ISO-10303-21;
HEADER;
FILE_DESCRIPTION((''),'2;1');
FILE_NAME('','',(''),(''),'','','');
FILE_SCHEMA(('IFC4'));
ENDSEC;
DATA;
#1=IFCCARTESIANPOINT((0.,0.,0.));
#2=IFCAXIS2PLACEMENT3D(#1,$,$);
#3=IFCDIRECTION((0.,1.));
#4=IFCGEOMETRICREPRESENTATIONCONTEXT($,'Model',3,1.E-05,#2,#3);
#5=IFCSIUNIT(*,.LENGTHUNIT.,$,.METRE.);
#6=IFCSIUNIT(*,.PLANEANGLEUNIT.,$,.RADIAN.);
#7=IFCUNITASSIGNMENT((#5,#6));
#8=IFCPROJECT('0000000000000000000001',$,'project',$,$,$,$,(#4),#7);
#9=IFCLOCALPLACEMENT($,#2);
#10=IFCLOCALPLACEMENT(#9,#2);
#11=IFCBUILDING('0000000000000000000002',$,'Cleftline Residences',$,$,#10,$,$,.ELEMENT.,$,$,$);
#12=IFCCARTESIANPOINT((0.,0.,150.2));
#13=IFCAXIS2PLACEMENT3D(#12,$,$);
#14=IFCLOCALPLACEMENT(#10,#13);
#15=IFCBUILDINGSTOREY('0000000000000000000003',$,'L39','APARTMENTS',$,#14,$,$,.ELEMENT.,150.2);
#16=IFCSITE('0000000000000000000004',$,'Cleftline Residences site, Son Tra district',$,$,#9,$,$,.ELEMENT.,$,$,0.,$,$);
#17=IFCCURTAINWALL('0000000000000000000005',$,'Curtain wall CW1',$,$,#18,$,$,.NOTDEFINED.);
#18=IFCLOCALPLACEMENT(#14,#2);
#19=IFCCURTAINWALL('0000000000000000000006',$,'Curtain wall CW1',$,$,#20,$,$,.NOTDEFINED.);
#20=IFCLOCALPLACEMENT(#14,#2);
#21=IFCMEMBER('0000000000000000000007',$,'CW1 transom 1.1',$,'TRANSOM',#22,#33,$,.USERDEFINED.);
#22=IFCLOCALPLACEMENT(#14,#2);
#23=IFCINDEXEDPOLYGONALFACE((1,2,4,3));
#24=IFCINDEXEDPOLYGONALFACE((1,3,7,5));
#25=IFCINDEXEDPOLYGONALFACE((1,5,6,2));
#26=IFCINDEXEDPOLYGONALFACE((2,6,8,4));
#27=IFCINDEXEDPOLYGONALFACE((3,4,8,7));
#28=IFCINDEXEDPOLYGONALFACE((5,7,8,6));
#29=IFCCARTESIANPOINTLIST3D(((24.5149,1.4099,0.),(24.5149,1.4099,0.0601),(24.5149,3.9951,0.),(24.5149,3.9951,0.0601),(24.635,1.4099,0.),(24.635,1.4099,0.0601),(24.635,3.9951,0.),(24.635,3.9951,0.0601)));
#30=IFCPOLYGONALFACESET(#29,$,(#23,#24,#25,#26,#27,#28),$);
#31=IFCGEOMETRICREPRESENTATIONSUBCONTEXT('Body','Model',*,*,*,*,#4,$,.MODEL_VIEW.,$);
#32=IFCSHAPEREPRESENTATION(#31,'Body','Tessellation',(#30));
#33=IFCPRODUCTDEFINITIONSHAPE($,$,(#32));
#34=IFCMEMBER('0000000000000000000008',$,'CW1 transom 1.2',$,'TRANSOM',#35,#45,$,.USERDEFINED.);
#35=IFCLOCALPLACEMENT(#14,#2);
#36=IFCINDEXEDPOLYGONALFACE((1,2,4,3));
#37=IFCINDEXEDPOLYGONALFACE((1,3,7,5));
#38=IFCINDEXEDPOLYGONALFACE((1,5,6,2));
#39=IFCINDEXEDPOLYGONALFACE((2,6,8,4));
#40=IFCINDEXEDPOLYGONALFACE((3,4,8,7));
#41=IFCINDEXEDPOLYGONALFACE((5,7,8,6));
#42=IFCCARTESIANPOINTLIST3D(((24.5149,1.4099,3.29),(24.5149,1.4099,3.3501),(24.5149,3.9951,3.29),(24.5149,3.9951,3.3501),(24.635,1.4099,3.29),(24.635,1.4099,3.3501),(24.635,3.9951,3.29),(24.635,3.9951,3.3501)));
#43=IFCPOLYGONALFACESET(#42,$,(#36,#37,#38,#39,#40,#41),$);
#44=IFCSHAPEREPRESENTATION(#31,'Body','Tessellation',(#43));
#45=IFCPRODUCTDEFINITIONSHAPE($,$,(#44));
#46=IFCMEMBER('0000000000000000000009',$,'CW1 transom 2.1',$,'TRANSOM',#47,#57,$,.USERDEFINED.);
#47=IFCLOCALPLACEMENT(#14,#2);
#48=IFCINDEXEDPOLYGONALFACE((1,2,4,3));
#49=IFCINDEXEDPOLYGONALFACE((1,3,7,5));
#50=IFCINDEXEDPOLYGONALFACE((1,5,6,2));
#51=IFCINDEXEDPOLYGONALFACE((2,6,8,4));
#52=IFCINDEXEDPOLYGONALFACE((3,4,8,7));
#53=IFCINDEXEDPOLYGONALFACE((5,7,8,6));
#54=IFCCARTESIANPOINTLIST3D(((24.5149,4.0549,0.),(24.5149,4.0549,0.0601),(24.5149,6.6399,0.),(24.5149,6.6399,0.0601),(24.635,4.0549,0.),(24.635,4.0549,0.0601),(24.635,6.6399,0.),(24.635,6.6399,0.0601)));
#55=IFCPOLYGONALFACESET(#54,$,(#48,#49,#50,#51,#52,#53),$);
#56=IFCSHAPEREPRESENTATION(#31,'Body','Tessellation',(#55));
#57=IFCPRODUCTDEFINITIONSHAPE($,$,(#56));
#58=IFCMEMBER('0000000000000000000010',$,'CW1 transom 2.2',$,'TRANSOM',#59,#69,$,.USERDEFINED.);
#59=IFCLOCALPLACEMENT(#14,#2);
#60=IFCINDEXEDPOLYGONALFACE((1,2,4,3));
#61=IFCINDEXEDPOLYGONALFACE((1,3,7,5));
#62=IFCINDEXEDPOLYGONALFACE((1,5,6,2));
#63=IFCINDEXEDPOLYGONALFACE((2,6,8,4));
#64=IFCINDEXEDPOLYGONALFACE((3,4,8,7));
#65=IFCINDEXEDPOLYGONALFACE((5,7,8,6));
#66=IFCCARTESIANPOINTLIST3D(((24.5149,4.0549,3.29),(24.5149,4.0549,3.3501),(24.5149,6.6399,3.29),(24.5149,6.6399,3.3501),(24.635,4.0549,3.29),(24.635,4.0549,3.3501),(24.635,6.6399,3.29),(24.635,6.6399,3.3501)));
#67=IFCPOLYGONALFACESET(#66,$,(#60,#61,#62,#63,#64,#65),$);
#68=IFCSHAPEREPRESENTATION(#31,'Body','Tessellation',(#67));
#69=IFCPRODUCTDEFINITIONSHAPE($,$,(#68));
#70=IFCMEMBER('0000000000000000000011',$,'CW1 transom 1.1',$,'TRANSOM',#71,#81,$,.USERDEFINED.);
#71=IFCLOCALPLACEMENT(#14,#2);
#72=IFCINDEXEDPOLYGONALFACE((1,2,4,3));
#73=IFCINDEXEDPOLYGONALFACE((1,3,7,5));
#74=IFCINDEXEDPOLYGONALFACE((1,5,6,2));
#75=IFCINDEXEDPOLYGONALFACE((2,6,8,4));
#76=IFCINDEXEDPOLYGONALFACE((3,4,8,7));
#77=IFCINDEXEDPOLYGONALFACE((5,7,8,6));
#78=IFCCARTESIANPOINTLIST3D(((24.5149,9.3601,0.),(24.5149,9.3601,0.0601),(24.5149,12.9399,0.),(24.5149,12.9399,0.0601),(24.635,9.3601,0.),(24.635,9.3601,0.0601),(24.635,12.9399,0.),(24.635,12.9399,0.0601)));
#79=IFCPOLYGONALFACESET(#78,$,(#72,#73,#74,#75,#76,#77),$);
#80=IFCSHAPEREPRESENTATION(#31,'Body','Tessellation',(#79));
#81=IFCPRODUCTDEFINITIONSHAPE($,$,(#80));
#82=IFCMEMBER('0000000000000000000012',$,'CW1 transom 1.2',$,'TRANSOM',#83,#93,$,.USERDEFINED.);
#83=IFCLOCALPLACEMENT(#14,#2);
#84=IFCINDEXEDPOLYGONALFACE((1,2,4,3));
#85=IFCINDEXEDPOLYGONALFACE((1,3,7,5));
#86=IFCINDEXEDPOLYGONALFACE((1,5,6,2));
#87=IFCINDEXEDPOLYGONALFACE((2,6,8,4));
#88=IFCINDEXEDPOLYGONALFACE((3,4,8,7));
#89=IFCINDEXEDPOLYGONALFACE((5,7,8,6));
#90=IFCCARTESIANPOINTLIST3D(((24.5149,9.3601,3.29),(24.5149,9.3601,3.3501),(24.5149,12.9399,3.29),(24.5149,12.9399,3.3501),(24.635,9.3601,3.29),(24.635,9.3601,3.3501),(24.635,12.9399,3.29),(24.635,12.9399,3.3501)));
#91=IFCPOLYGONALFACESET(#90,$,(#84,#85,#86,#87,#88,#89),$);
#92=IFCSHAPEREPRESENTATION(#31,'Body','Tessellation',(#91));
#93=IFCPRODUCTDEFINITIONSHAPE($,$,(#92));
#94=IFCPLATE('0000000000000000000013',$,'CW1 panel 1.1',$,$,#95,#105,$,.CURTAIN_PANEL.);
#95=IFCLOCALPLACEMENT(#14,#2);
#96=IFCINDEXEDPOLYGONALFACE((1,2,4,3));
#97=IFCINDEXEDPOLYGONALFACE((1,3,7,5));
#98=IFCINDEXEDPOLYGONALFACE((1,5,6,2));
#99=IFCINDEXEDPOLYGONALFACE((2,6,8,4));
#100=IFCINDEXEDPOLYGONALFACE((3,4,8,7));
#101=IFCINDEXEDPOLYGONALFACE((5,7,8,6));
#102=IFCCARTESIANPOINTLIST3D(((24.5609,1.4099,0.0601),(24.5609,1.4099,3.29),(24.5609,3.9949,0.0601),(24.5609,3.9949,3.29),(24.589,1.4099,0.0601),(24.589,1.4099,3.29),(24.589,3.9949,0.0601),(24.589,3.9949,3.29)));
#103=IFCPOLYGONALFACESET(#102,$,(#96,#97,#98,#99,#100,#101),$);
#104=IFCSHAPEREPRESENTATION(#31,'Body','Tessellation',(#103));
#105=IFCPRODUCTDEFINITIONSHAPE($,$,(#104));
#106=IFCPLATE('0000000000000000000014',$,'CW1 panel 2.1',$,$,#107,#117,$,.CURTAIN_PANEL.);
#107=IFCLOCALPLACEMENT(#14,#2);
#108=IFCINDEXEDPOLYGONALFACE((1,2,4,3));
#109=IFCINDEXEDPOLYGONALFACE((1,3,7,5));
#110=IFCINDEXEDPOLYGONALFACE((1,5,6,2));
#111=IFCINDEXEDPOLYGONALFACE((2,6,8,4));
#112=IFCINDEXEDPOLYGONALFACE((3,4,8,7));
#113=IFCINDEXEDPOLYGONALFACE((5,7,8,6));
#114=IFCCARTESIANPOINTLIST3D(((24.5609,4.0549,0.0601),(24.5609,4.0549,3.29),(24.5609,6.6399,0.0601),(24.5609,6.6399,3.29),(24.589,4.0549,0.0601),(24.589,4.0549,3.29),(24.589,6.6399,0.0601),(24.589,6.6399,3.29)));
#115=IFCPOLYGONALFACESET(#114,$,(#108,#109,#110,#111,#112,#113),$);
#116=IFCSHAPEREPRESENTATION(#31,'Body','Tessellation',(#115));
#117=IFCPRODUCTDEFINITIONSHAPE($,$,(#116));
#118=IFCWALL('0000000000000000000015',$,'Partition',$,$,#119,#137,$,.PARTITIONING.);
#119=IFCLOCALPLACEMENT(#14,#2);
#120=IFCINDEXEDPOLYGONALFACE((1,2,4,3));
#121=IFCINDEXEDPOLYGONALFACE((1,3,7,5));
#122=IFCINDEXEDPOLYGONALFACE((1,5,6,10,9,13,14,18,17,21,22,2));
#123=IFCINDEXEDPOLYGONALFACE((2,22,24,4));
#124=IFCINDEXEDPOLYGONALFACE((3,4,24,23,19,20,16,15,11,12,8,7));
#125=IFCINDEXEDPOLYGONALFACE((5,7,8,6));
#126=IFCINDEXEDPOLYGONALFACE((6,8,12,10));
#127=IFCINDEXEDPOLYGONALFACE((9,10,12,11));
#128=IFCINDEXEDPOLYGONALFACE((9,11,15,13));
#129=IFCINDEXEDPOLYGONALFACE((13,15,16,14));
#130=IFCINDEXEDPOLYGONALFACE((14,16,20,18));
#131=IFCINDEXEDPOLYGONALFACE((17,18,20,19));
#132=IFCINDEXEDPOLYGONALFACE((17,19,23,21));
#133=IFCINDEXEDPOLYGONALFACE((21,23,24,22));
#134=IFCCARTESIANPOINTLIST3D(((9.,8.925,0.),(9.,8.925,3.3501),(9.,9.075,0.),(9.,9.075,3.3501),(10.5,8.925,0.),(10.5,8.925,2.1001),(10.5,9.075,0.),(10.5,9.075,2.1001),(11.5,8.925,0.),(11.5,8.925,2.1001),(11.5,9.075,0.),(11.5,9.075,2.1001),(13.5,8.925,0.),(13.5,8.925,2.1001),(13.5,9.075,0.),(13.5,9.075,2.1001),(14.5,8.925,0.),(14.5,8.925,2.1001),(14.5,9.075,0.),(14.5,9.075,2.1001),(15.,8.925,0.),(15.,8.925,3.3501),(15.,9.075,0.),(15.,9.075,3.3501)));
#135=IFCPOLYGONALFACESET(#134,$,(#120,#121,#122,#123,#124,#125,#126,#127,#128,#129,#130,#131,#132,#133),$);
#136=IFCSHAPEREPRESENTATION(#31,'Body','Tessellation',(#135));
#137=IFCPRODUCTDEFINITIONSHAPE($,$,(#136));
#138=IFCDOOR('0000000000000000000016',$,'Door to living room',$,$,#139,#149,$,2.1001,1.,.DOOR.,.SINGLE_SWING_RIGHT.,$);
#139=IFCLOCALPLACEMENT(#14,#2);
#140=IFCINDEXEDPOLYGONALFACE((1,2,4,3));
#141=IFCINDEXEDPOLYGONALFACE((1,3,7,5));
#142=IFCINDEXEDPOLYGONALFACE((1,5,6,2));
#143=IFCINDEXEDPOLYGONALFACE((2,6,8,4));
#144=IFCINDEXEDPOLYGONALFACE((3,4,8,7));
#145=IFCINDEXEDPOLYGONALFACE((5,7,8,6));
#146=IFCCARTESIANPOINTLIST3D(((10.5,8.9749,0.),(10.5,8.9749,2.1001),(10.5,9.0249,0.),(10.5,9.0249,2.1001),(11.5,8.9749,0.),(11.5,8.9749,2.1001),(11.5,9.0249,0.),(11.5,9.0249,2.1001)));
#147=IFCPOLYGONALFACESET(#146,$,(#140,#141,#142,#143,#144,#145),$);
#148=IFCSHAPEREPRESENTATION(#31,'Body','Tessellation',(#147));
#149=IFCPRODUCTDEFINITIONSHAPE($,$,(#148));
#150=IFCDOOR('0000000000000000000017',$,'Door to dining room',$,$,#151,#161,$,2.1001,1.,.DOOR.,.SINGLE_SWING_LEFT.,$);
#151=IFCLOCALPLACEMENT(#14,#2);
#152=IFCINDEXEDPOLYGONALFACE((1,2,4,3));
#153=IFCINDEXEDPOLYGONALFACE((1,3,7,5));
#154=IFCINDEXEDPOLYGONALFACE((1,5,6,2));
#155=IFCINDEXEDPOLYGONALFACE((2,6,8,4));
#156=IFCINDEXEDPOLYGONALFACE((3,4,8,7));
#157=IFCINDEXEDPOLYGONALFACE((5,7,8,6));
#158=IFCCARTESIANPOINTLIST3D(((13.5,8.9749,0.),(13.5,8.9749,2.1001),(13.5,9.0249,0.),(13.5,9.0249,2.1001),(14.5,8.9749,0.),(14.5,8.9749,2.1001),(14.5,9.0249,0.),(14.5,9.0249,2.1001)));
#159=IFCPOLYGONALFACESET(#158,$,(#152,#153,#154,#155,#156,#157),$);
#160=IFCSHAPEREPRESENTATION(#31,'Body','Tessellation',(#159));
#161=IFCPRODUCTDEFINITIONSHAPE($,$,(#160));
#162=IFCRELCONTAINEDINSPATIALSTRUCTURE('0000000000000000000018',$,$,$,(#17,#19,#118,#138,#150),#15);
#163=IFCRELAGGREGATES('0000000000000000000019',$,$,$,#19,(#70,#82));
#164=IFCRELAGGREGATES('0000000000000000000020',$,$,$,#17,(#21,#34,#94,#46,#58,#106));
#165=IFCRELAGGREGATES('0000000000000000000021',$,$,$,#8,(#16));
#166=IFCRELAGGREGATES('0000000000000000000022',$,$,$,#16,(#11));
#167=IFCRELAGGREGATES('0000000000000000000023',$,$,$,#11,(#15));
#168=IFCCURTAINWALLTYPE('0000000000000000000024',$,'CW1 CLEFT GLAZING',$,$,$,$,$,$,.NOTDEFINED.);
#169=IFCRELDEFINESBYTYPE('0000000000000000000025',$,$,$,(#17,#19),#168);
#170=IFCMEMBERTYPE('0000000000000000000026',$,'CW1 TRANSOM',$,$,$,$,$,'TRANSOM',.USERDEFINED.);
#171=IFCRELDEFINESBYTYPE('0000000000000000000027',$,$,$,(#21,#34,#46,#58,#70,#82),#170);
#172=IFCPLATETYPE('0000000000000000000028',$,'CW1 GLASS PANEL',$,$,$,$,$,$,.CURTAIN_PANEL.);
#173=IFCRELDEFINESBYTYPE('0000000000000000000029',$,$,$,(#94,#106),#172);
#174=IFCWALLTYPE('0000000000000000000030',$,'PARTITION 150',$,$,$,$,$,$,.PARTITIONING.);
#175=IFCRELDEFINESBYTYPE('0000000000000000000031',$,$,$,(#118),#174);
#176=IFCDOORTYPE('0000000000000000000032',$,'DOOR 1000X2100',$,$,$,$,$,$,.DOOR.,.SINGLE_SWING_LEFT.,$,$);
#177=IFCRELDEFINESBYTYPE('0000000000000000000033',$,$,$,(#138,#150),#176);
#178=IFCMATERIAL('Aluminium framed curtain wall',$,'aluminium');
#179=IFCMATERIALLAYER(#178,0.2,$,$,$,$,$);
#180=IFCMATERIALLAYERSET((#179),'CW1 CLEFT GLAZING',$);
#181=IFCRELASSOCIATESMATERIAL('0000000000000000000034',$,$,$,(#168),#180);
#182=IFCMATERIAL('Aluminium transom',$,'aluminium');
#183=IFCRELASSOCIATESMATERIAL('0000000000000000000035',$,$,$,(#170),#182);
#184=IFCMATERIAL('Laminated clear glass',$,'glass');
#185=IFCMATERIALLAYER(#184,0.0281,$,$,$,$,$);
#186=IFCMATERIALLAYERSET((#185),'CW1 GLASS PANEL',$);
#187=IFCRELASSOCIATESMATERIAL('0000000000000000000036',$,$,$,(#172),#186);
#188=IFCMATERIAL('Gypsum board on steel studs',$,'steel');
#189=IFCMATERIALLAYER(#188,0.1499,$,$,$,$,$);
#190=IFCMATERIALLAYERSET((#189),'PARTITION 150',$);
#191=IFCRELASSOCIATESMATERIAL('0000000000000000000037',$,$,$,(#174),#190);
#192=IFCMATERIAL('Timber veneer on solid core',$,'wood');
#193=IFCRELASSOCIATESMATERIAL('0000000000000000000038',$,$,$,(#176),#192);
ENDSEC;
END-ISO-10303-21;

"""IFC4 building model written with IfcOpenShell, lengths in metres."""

from ifc_helpers import new_model, si_unit, direction, frame, frame_2d, origin, origin_2d, place, context, subcontext, project, spatial, rectangle, extrude, material, layer, layer_set, material_profile, profile_set, type_object, element, fill, aggregate, save


model = new_model("IFC4")

# Units and contexts
model_context = context("Model", 3, precision=1e-05, world=origin(), true_north=direction((0.0, 1.0)))
body_context = subcontext(model_context, "Body", "Model", "MODEL_VIEW")
ifc_project = project(units=[si_unit("LENGTHUNIT", "METRE"), si_unit("PLANEANGLEUNIT", "RADIAN")], contexts=[model_context])

# Site, building, storey
site_placement = place(None, origin())
site = spatial("IfcSite", under=ifc_project, at=site_placement, Name="Cleftline Residences site, Son Tra district", CompositionType="ELEMENT", RefElevation=0.0)
building_placement = place(site_placement, origin())
building = spatial("IfcBuilding", under=site, at=building_placement, Name="Cleftline Residences", CompositionType="ELEMENT")
storey_placement = place(building_placement, frame((0.0, 0.0, 150.2)))
storey = spatial("IfcBuildingStorey", under=building, at=storey_placement, Name="L39", Description="APARTMENTS", CompositionType="ELEMENT", Elevation=150.2)

# Curtain wall
ifc_material_1 = material(Name="Aluminium framed curtain wall", Category="aluminium")
ifc_layer_1 = layer(ifc_material_1, 0.2)
ifc_layer_set_1 = layer_set([ifc_layer_1], Name="CW1 CLEFT GLAZING")
curtain_wall_type = type_object("IfcCurtainWallType", Name="CW1 CLEFT GLAZING", PredefinedType="NOTDEFINED", material=ifc_layer_set_1)
curtain_wall_1_placement = place(storey_placement, origin())
curtain_wall_1 = element("IfcCurtainWall", 1, at=curtain_wall_1_placement, inside=storey, type_object=curtain_wall_type, Name="Curtain wall CW1", PredefinedType="NOTDEFINED")

# Curtain wall
curtain_wall_2_placement = place(storey_placement, origin())
curtain_wall_2 = element("IfcCurtainWall", 2, at=curtain_wall_2_placement, inside=storey, type_object=curtain_wall_type, Name="Curtain wall CW1", PredefinedType="NOTDEFINED")

# Members
ifc_material_2 = material(Name="Aluminium transom", Category="aluminium")
ifc_material_profile_1 = material_profile(ifc_material_2, rectangle(XDim=0.1201, YDim=0.0601, at=origin_2d()))
ifc_profile_set_1 = profile_set([ifc_material_profile_1], Name="Aluminium transom")
member_type_1 = type_object("IfcMemberType", Name="CW1 TRANSOM", ElementType="TRANSOM", PredefinedType="USERDEFINED", material=ifc_profile_set_1)
member_1_placement = place(storey_placement, frame((24.575, 1.4099, 0.03), z_axis=(0.0, 1.0, 0.0), x_axis=(-1.0, 0.0, 0.0)))
member_1 = element("IfcMember", 3, at=member_1_placement, type_object=member_type_1, Name="CW1 transom 1.1", ObjectType="TRANSOM", PredefinedType="USERDEFINED", context=body_context, shape_type="SweptSolid", body=[
    extrude(rectangle(XDim=0.1201, YDim=0.0601, at=origin_2d()), origin(), (0.0, 0.0, 1.0), 2.5852),
])
member_2_placement = place(storey_placement, frame((24.575, 1.4099, 3.3201), z_axis=(0.0, 1.0, 0.0), x_axis=(-1.0, 0.0, 0.0)))
member_2 = element("IfcMember", 4, at=member_2_placement, type_object=member_type_1, Name="CW1 transom 1.2", ObjectType="TRANSOM", PredefinedType="USERDEFINED", context=body_context, shape_type="SweptSolid", body=[
    extrude(rectangle(XDim=0.1201, YDim=0.0601, at=origin_2d()), origin(), (0.0, 0.0, 1.0), 2.5852),
])
member_3_placement = place(storey_placement, frame((24.575, 4.0549, 0.03), z_axis=(0.0, 1.0, 0.0), x_axis=(-1.0, 0.0, 0.0)))
member_3 = element("IfcMember", 5, at=member_3_placement, type_object=member_type_1, Name="CW1 transom 2.1", ObjectType="TRANSOM", PredefinedType="USERDEFINED", context=body_context, shape_type="SweptSolid", body=[
    extrude(rectangle(XDim=0.1201, YDim=0.0601, at=origin_2d()), origin(), (0.0, 0.0, 1.0), 2.585),
])
member_4_placement = place(storey_placement, frame((24.575, 4.0549, 3.3201), z_axis=(0.0, 1.0, 0.0), x_axis=(-1.0, 0.0, 0.0)))
member_4 = element("IfcMember", 6, at=member_4_placement, type_object=member_type_1, Name="CW1 transom 2.2", ObjectType="TRANSOM", PredefinedType="USERDEFINED", context=body_context, shape_type="SweptSolid", body=[
    extrude(rectangle(XDim=0.1201, YDim=0.0601, at=origin_2d()), origin(), (0.0, 0.0, 1.0), 2.585),
])
member_5_placement = place(storey_placement, frame((24.575, 9.3601, 0.03), z_axis=(0.0, 1.0, 0.0), x_axis=(-1.0, 0.0, 0.0)))
member_5 = element("IfcMember", 7, at=member_5_placement, type_object=member_type_1, Name="CW1 transom 1.1", ObjectType="TRANSOM", PredefinedType="USERDEFINED", context=body_context, shape_type="SweptSolid", body=[
    extrude(rectangle(XDim=0.1201, YDim=0.0601, at=origin_2d()), origin(), (0.0, 0.0, 1.0), 3.5798),
])
member_6_placement = place(storey_placement, frame((24.575, 9.3601, 3.3201), z_axis=(0.0, 1.0, 0.0), x_axis=(-1.0, 0.0, 0.0)))
member_6 = element("IfcMember", 8, at=member_6_placement, type_object=member_type_1, Name="CW1 transom 1.2", ObjectType="TRANSOM", PredefinedType="USERDEFINED", context=body_context, shape_type="SweptSolid", body=[
    extrude(rectangle(XDim=0.1201, YDim=0.0601, at=origin_2d()), origin(), (0.0, 0.0, 1.0), 3.5798),
])
aggregate(curtain_wall_2, [member_5, member_6])

# Plates
ifc_material_3 = material(Name="Laminated clear glass", Category="glass")
ifc_layer_2 = layer(ifc_material_3, 0.0281)
ifc_layer_set_2 = layer_set([ifc_layer_2], Name="CW1 GLASS PANEL")
plate_type = type_object("IfcPlateType", Name="CW1 GLASS PANEL", PredefinedType="CURTAIN_PANEL", material=ifc_layer_set_2)
plate_1_placement = place(storey_placement, frame((24.575, 2.7024, 0.0601), z_axis=(0.0, 0.0, 1.0), x_axis=(0.0, 1.0, 0.0)))
plate_1 = element("IfcPlate", 9, at=plate_1_placement, type_object=plate_type, Name="CW1 panel 1.1", PredefinedType="CURTAIN_PANEL", context=body_context, shape_type="SweptSolid", body=[
    extrude(rectangle(XDim=2.585, YDim=0.0281, at=origin_2d()), origin(), (0.0, 0.0, 1.0), 3.23),
])
plate_2_placement = place(storey_placement, frame((24.575, 5.3474, 0.0601), z_axis=(0.0, 0.0, 1.0), x_axis=(0.0, 1.0, 0.0)))
plate_2 = element("IfcPlate", 10, at=plate_2_placement, type_object=plate_type, Name="CW1 panel 2.1", PredefinedType="CURTAIN_PANEL", context=body_context, shape_type="SweptSolid", body=[
    extrude(rectangle(XDim=2.585, YDim=0.0281, at=origin_2d()), origin(), (0.0, 0.0, 1.0), 3.23),
])
aggregate(curtain_wall_1, [member_1, member_2, plate_1, member_3, member_4, plate_2])

# Wall, openings, doors
ifc_material_4 = material(Name="Gypsum board on steel studs", Category="steel")
ifc_layer_3 = layer(ifc_material_4, 0.1499)
ifc_layer_set_3 = layer_set([ifc_layer_3], Name="PARTITION 150")
wall_type = type_object("IfcWallType", Name="PARTITION 150", PredefinedType="PARTITIONING", material=ifc_layer_set_3)
wall_1_placement = place(storey_placement, frame((9.0, 9.0, 0.0), z_axis=(0.0, 0.0, 1.0), x_axis=(1.0, 0.0, 0.0)))
wall_1 = element("IfcWall", 11, at=wall_1_placement, inside=storey, type_object=wall_type, Name="Partition", PredefinedType="PARTITIONING", context=body_context, shape_type="SweptSolid", body=[
    extrude(rectangle(XDim=6.0, YDim=0.1499, at=frame_2d((3.0, 0.0))), origin(), (0.0, 0.0, 1.0), 3.3501),
])
opening_1_placement = place(wall_1_placement, frame((1.5, 0.0, 0.0)))
opening_1 = element("IfcOpeningElement", 12, at=opening_1_placement, cuts=wall_1, PredefinedType="OPENING", context=body_context, shape_type="SweptSolid", body=[
    extrude(rectangle(XDim=1.0, YDim=2.1001, at=frame_2d((0.5, 1.05))), frame((0.0, 0.085, 0.0), z_axis=(0.0, -1.0, 0.0), x_axis=(1.0, 0.0, 0.0)), (0.0, 0.0, 1.0), 0.1699),
])
opening_2_placement = place(wall_1_placement, frame((4.5, 0.0, 0.0)))
opening_2 = element("IfcOpeningElement", 13, at=opening_2_placement, cuts=wall_1, PredefinedType="OPENING", context=body_context, shape_type="SweptSolid", body=[
    extrude(rectangle(XDim=1.0, YDim=2.1001, at=frame_2d((0.5, 1.05))), frame((0.0, 0.085, 0.0), z_axis=(0.0, -1.0, 0.0), x_axis=(1.0, 0.0, 0.0)), (0.0, 0.0, 1.0), 0.1699),
])
ifc_material_5 = material(Name="Timber veneer on solid core", Category="wood")
door_type_1 = type_object("IfcDoorType", Name="DOOR 1000X2100", OperationType="SINGLE_SWING_LEFT", PredefinedType="DOOR", material=ifc_material_5)
door_1_placement = place(opening_1_placement, origin())
door_1 = element("IfcDoor", 14, at=door_1_placement, inside=storey, type_object=door_type_1, Name="Door to living room", OperationType="SINGLE_SWING_RIGHT", OverallHeight=2.1001, OverallWidth=1.0, PredefinedType="DOOR", context=body_context, shape_type="SweptSolid", body=[
    extrude(rectangle(XDim=1.0, YDim=2.1001, at=frame_2d((0.5, 1.05))), frame((0.0, 0.0249, 0.0), z_axis=(0.0, -1.0, 0.0), x_axis=(1.0, 0.0, 0.0)), (0.0, 0.0, 1.0), 0.05),
])
fill(opening_1, door_1)
door_2_placement = place(opening_2_placement, origin())
door_2 = element("IfcDoor", 15, at=door_2_placement, inside=storey, type_object=door_type_1, Name="Door to dining room", OperationType="SINGLE_SWING_LEFT", OverallHeight=2.1001, OverallWidth=1.0, PredefinedType="DOOR", context=body_context, shape_type="SweptSolid", body=[
    extrude(rectangle(XDim=1.0, YDim=2.1001, at=frame_2d((0.5, 1.05))), frame((0.0, 0.0249, 0.0), z_axis=(0.0, -1.0, 0.0), x_axis=(1.0, 0.0, 0.0)), (0.0, 0.0, 1.0), 0.05),
])
fill(opening_2, door_2)

save(model, "model.ifc")
